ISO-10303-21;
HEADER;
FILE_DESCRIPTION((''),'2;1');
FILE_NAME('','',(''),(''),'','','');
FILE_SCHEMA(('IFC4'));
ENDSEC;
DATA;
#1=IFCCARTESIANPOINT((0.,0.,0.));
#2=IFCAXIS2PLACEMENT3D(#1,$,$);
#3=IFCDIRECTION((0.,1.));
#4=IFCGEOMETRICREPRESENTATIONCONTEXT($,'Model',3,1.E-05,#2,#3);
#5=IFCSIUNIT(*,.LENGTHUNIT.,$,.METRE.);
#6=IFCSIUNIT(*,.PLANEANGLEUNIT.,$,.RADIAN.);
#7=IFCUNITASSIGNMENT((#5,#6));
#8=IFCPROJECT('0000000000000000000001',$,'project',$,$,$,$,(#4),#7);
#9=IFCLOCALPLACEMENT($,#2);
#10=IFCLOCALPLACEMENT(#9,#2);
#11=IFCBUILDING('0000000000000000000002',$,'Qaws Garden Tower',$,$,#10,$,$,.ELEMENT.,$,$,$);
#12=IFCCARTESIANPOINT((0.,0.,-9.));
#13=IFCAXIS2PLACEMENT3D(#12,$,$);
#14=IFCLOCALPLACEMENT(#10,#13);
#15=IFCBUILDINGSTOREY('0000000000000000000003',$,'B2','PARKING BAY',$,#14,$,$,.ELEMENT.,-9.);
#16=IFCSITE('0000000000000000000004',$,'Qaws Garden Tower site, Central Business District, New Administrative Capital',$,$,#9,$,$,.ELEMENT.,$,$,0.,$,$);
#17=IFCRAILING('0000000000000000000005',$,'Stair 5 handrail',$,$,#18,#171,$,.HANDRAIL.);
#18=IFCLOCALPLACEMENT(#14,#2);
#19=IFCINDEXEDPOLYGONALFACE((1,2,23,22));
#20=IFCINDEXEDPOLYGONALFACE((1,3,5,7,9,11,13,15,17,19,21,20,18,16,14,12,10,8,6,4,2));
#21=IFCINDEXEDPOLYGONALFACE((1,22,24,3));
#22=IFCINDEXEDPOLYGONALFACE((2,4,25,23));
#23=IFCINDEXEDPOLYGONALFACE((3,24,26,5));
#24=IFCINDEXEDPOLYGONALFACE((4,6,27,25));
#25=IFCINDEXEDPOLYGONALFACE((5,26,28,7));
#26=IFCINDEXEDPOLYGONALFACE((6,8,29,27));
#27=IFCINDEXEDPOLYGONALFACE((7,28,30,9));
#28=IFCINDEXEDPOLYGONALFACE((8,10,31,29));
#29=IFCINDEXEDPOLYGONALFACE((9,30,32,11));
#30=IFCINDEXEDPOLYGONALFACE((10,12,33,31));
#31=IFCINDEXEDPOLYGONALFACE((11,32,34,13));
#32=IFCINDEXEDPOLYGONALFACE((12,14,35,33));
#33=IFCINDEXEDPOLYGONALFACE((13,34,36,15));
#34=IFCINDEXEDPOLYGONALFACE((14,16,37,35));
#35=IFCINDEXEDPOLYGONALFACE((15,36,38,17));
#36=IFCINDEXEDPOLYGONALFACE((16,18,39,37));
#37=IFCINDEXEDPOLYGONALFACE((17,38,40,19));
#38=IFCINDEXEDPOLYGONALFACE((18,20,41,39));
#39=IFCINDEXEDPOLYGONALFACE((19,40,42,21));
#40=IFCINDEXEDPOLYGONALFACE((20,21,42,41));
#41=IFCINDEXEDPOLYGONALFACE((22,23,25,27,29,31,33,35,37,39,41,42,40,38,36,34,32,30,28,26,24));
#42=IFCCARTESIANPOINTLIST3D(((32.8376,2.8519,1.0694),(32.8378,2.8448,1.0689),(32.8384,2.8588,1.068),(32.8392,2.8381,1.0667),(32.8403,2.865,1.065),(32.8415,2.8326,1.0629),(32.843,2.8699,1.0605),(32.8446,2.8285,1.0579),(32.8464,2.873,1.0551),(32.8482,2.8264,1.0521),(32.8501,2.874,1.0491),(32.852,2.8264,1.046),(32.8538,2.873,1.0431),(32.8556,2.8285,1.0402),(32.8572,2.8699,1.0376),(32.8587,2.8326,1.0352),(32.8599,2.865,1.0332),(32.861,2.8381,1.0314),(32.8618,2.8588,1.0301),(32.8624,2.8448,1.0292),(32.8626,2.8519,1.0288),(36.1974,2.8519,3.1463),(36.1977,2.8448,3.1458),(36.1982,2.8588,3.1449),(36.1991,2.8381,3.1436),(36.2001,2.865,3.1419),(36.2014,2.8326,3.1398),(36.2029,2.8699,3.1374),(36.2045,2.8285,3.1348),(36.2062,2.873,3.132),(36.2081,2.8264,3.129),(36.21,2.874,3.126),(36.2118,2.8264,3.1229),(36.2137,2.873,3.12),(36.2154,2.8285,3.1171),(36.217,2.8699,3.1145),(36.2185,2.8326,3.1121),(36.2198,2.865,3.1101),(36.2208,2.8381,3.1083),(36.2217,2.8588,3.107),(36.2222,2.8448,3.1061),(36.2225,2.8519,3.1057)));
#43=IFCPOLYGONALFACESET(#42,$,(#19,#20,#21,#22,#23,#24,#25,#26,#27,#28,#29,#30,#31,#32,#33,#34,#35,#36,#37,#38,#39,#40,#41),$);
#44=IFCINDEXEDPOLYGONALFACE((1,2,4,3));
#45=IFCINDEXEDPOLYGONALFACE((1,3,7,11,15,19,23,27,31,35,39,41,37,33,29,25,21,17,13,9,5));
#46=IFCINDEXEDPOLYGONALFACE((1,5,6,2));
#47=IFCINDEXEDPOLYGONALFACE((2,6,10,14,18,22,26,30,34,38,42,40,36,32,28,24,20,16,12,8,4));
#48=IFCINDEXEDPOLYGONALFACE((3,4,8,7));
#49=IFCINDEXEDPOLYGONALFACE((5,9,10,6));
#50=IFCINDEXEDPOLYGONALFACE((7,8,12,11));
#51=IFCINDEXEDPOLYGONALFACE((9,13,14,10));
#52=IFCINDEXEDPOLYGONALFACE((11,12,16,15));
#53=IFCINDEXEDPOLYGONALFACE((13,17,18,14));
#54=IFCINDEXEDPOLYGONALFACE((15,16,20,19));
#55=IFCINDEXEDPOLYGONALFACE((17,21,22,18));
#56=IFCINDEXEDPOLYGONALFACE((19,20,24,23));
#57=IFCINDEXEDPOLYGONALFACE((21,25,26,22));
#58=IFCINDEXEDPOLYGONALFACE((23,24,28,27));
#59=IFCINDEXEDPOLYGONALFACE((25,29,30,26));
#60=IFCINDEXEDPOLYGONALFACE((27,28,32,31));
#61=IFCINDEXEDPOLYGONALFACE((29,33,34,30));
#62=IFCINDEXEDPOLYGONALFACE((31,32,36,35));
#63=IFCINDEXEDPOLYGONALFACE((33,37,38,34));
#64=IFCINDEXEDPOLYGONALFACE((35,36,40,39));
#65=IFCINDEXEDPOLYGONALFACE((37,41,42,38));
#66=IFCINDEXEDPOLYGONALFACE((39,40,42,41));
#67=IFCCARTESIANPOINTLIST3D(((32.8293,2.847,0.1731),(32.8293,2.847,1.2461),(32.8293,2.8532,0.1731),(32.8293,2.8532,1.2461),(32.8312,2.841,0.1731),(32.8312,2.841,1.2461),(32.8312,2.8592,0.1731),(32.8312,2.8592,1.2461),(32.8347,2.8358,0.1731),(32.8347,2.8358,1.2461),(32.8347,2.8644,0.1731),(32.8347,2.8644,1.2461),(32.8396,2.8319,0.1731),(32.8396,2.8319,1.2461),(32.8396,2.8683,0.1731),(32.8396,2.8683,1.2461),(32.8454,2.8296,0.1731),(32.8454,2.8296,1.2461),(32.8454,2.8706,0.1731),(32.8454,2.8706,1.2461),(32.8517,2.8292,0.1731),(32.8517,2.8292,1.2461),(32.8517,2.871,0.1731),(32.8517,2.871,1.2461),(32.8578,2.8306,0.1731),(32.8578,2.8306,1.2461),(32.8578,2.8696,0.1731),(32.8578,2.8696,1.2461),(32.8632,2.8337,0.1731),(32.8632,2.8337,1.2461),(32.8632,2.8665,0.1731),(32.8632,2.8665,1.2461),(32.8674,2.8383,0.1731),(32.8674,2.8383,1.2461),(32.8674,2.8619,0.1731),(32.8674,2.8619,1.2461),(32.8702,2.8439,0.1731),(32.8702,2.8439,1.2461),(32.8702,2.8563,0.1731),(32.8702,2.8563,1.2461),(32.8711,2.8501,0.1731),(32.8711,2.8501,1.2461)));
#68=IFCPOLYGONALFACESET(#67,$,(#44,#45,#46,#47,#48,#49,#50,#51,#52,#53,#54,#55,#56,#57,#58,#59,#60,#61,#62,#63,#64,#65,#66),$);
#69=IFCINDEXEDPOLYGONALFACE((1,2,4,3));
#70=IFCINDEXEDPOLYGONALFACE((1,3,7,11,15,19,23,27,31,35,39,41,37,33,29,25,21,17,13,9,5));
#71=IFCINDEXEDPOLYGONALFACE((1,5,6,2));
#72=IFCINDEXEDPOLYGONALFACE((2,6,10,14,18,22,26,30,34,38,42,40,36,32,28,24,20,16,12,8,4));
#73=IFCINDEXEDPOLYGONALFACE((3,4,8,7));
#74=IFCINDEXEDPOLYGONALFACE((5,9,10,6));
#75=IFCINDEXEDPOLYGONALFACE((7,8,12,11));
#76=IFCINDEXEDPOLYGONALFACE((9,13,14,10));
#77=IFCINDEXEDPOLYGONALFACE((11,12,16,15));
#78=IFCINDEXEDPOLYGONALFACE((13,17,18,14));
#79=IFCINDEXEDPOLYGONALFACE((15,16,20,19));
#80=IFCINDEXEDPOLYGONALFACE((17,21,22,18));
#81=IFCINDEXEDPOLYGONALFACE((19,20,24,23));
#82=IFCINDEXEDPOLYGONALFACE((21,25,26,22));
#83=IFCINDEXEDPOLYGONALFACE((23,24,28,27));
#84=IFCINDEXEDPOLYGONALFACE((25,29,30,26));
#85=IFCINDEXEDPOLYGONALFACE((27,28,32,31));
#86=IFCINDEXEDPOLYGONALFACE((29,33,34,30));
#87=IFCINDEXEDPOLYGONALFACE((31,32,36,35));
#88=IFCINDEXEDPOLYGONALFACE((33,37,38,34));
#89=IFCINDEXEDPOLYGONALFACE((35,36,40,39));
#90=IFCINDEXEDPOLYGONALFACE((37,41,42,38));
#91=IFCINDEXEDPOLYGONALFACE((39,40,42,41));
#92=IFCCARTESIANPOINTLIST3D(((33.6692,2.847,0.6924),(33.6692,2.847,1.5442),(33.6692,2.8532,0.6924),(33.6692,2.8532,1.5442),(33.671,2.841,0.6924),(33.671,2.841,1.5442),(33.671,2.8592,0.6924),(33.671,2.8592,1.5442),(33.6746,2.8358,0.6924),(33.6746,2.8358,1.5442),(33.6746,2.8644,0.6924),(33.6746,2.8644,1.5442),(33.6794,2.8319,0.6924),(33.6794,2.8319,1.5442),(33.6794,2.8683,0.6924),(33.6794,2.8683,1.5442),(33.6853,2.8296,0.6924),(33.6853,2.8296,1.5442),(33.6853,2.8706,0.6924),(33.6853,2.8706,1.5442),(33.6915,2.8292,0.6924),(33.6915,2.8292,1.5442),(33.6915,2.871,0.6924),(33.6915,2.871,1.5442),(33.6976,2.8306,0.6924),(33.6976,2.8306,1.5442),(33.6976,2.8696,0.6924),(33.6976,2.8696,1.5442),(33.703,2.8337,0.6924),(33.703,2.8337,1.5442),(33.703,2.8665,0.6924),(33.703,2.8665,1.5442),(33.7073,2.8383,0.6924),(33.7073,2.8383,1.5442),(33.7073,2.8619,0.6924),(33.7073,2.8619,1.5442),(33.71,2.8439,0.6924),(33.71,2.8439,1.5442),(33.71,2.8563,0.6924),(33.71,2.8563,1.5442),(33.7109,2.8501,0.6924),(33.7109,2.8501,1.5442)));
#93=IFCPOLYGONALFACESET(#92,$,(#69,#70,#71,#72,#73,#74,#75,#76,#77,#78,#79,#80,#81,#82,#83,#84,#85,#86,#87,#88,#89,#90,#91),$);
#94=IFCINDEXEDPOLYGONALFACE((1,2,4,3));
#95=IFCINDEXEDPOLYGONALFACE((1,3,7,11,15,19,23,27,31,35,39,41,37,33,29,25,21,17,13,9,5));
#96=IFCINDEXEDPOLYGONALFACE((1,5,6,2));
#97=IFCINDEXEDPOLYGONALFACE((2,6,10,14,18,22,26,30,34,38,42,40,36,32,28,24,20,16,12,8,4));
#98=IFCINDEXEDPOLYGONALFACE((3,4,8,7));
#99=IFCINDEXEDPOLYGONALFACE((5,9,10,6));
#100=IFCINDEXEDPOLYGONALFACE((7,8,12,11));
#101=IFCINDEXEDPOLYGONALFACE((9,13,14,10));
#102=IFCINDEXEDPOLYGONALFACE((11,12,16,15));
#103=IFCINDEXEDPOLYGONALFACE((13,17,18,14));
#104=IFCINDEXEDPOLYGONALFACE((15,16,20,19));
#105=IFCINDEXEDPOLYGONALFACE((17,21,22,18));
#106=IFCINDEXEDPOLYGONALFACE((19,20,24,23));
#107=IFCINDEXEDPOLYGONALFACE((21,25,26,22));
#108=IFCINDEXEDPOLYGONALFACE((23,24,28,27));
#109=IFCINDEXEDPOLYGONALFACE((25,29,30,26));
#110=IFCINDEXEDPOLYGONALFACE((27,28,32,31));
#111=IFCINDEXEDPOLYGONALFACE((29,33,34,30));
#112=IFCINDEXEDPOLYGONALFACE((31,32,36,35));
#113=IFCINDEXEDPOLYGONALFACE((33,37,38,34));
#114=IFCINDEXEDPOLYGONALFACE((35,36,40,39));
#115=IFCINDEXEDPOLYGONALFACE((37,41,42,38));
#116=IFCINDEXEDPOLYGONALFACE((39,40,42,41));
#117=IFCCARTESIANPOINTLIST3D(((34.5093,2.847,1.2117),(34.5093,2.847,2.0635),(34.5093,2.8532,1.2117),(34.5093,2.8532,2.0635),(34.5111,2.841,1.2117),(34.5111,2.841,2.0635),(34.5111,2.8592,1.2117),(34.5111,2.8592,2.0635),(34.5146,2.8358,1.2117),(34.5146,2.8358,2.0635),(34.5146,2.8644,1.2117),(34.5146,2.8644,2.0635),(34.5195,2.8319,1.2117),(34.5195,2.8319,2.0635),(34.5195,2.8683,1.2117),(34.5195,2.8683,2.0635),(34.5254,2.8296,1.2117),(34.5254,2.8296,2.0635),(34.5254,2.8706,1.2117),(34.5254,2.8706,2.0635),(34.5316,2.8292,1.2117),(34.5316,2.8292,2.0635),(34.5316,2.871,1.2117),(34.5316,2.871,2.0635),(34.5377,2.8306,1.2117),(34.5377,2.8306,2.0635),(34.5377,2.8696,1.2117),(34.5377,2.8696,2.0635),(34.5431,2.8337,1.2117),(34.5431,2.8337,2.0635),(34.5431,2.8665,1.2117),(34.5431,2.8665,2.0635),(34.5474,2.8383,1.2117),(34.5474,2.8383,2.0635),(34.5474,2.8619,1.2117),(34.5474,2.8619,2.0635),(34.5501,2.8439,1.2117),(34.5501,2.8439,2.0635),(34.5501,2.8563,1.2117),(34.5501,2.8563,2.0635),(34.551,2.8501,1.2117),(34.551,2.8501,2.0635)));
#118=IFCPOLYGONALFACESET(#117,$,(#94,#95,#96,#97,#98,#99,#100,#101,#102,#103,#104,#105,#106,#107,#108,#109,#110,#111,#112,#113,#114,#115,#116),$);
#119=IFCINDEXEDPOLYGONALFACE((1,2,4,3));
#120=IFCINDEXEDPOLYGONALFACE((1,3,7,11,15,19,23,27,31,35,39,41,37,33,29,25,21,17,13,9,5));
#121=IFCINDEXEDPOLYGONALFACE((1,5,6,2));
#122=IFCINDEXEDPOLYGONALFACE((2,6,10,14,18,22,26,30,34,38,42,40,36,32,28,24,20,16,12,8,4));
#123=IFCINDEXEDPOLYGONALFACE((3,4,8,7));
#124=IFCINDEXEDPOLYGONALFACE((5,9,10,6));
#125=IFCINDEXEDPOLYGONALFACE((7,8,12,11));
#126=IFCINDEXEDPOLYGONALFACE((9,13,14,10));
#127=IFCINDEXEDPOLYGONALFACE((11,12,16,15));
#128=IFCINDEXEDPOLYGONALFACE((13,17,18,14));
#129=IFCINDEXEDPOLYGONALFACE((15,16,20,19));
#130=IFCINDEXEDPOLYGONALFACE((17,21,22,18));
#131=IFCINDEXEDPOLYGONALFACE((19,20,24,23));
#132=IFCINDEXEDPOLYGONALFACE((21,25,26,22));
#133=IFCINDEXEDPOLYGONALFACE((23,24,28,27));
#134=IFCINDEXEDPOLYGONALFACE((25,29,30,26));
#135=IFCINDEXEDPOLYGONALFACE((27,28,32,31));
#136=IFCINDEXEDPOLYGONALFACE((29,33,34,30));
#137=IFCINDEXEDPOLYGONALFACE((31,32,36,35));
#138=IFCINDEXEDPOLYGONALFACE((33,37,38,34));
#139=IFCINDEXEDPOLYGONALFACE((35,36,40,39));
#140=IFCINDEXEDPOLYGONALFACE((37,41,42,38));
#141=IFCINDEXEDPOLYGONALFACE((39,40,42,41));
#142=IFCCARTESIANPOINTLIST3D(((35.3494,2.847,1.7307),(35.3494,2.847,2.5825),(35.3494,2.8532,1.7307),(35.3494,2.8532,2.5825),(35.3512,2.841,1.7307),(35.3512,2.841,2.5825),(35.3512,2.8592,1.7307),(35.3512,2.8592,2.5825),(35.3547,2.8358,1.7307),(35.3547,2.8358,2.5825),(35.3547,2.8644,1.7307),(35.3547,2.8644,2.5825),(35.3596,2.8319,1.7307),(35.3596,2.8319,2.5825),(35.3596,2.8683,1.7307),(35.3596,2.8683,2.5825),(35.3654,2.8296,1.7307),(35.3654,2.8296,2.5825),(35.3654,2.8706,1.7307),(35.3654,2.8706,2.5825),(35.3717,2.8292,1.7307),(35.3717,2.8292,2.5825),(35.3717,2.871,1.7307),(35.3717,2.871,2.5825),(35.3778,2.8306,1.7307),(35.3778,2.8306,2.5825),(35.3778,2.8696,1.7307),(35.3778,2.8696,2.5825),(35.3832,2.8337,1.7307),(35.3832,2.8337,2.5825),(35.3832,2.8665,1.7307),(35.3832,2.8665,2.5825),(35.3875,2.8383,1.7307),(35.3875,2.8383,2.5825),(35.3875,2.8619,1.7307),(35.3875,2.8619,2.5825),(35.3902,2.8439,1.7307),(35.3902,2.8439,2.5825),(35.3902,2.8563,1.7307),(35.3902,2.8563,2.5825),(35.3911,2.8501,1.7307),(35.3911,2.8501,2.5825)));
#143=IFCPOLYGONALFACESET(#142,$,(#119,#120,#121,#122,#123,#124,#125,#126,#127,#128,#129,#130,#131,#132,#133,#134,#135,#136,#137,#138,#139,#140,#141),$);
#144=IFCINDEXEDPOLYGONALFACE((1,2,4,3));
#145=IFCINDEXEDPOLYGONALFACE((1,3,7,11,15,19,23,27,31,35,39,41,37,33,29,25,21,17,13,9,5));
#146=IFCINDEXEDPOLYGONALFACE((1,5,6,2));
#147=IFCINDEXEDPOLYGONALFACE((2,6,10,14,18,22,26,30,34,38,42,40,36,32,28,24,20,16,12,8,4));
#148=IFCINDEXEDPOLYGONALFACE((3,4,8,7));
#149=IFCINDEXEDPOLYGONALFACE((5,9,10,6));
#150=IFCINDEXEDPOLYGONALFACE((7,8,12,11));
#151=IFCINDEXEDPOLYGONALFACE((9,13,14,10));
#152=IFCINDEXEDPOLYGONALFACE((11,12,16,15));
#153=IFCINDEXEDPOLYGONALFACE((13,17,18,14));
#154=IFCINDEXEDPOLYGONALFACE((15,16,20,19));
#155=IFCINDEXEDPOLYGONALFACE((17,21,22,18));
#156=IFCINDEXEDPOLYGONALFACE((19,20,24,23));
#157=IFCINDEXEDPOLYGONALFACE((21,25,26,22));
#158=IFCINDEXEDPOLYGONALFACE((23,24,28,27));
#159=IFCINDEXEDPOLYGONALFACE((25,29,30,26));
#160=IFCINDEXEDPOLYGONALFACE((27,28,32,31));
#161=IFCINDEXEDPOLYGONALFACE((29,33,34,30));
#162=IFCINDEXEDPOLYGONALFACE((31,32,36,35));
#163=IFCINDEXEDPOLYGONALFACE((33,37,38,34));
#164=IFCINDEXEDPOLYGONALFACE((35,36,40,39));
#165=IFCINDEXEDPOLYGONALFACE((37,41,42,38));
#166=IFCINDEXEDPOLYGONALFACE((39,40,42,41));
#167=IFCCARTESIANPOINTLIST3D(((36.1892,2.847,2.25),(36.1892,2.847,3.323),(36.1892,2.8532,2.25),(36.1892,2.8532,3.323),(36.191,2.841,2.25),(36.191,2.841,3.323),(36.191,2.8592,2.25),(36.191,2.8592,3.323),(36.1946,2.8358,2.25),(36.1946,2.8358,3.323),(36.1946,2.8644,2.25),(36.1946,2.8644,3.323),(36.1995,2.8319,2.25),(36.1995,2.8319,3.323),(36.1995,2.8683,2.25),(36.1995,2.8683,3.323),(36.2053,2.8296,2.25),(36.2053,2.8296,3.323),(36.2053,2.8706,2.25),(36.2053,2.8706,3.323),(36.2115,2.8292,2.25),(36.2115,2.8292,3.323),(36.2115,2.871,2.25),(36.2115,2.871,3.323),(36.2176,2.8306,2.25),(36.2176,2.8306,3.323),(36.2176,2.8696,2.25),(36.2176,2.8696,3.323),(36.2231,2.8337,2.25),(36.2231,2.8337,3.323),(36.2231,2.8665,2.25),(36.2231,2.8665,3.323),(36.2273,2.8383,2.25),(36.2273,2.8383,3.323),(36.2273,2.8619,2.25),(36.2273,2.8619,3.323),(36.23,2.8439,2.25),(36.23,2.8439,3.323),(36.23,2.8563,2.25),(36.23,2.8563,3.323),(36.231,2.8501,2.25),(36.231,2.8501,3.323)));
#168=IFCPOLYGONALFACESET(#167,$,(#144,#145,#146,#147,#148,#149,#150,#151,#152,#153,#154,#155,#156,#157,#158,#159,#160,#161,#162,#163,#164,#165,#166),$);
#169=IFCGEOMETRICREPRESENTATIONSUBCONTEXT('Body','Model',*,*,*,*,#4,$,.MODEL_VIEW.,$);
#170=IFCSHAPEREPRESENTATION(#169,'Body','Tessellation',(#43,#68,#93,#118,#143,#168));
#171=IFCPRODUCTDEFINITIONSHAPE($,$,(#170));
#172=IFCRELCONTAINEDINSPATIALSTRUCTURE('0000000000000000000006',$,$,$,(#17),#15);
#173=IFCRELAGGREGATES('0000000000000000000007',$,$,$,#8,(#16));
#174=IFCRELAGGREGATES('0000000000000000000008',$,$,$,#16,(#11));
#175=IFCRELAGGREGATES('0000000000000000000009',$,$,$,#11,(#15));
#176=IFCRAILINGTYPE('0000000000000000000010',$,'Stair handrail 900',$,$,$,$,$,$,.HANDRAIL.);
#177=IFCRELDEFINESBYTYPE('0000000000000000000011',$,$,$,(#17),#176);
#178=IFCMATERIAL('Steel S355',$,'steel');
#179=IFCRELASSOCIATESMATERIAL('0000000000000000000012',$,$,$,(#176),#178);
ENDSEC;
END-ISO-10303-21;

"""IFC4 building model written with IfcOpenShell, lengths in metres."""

from ifc_helpers import new_model, si_unit, direction, frame, origin, origin_2d, place, context, subcontext, project, spatial, circle, extrude, material, type_object, element, save


model = new_model("IFC4")

# Units and contexts
model_context = context("Model", 3, precision=1e-05, world=origin(), true_north=direction((0.0, 1.0)))
body_context = subcontext(model_context, "Body", "Model", "MODEL_VIEW")
ifc_project = project(units=[si_unit("LENGTHUNIT", "METRE"), si_unit("PLANEANGLEUNIT", "RADIAN")], contexts=[model_context])

# Site, building, storey
site_placement = place(None, origin())
site = spatial("IfcSite", under=ifc_project, at=site_placement, Name="Qaws Garden Tower site, Central Business District, New Administrative Capital", CompositionType="ELEMENT", RefElevation=0.0)
building_placement = place(site_placement, origin())
building = spatial("IfcBuilding", under=site, at=building_placement, Name="Qaws Garden Tower", CompositionType="ELEMENT")
storey_placement = place(building_placement, frame((0.0, 0.0, -9.0)))
storey = spatial("IfcBuildingStorey", under=building, at=storey_placement, Name="B2", Description="PARKING BAY", CompositionType="ELEMENT", Elevation=-9.0)

# Railing
ifc_material_1 = material(Name="Steel S355", Category="steel")
railing_type_1 = type_object("IfcRailingType", Name="Stair handrail 900", PredefinedType="HANDRAIL", material=ifc_material_1)
railing_1_placement = place(storey_placement, frame((32.8501, 2.8501, 0.1731)))
element("IfcRailing", 1, at=railing_1_placement, inside=storey, type_object=railing_type_1, Name="Stair 5 handrail", PredefinedType="HANDRAIL", context=body_context, shape_type="SweptSolid", body=[
    extrude(circle(Radius=0.0239, at=origin_2d()), frame((0.0, 0.0, 0.876), z_axis=(0.850606, 0.0, 0.525803), x_axis=(0.0, 1.0, 0.0)), (0.0, 0.0, 1.0), 3.95),
    extrude(circle(Radius=0.021, at=origin_2d()), origin(), (0.0, 0.0, 1.0), 1.073),
    extrude(circle(Radius=0.021, at=origin_2d()), frame((0.8398, 0.0, 0.5193)), (0.0, 0.0, 1.0), 0.8518),
    extrude(circle(Radius=0.021, at=origin_2d()), frame((1.6799, 0.0, 1.0386)), (0.0, 0.0, 1.0), 0.8518),
    extrude(circle(Radius=0.021, at=origin_2d()), frame((2.52, 0.0, 1.5576)), (0.0, 0.0, 1.0), 0.8518),
    extrude(circle(Radius=0.021, at=origin_2d()), frame((3.3599, 0.0, 2.0769)), (0.0, 0.0, 1.0), 1.073),
])

save(model, "model.ifc")
